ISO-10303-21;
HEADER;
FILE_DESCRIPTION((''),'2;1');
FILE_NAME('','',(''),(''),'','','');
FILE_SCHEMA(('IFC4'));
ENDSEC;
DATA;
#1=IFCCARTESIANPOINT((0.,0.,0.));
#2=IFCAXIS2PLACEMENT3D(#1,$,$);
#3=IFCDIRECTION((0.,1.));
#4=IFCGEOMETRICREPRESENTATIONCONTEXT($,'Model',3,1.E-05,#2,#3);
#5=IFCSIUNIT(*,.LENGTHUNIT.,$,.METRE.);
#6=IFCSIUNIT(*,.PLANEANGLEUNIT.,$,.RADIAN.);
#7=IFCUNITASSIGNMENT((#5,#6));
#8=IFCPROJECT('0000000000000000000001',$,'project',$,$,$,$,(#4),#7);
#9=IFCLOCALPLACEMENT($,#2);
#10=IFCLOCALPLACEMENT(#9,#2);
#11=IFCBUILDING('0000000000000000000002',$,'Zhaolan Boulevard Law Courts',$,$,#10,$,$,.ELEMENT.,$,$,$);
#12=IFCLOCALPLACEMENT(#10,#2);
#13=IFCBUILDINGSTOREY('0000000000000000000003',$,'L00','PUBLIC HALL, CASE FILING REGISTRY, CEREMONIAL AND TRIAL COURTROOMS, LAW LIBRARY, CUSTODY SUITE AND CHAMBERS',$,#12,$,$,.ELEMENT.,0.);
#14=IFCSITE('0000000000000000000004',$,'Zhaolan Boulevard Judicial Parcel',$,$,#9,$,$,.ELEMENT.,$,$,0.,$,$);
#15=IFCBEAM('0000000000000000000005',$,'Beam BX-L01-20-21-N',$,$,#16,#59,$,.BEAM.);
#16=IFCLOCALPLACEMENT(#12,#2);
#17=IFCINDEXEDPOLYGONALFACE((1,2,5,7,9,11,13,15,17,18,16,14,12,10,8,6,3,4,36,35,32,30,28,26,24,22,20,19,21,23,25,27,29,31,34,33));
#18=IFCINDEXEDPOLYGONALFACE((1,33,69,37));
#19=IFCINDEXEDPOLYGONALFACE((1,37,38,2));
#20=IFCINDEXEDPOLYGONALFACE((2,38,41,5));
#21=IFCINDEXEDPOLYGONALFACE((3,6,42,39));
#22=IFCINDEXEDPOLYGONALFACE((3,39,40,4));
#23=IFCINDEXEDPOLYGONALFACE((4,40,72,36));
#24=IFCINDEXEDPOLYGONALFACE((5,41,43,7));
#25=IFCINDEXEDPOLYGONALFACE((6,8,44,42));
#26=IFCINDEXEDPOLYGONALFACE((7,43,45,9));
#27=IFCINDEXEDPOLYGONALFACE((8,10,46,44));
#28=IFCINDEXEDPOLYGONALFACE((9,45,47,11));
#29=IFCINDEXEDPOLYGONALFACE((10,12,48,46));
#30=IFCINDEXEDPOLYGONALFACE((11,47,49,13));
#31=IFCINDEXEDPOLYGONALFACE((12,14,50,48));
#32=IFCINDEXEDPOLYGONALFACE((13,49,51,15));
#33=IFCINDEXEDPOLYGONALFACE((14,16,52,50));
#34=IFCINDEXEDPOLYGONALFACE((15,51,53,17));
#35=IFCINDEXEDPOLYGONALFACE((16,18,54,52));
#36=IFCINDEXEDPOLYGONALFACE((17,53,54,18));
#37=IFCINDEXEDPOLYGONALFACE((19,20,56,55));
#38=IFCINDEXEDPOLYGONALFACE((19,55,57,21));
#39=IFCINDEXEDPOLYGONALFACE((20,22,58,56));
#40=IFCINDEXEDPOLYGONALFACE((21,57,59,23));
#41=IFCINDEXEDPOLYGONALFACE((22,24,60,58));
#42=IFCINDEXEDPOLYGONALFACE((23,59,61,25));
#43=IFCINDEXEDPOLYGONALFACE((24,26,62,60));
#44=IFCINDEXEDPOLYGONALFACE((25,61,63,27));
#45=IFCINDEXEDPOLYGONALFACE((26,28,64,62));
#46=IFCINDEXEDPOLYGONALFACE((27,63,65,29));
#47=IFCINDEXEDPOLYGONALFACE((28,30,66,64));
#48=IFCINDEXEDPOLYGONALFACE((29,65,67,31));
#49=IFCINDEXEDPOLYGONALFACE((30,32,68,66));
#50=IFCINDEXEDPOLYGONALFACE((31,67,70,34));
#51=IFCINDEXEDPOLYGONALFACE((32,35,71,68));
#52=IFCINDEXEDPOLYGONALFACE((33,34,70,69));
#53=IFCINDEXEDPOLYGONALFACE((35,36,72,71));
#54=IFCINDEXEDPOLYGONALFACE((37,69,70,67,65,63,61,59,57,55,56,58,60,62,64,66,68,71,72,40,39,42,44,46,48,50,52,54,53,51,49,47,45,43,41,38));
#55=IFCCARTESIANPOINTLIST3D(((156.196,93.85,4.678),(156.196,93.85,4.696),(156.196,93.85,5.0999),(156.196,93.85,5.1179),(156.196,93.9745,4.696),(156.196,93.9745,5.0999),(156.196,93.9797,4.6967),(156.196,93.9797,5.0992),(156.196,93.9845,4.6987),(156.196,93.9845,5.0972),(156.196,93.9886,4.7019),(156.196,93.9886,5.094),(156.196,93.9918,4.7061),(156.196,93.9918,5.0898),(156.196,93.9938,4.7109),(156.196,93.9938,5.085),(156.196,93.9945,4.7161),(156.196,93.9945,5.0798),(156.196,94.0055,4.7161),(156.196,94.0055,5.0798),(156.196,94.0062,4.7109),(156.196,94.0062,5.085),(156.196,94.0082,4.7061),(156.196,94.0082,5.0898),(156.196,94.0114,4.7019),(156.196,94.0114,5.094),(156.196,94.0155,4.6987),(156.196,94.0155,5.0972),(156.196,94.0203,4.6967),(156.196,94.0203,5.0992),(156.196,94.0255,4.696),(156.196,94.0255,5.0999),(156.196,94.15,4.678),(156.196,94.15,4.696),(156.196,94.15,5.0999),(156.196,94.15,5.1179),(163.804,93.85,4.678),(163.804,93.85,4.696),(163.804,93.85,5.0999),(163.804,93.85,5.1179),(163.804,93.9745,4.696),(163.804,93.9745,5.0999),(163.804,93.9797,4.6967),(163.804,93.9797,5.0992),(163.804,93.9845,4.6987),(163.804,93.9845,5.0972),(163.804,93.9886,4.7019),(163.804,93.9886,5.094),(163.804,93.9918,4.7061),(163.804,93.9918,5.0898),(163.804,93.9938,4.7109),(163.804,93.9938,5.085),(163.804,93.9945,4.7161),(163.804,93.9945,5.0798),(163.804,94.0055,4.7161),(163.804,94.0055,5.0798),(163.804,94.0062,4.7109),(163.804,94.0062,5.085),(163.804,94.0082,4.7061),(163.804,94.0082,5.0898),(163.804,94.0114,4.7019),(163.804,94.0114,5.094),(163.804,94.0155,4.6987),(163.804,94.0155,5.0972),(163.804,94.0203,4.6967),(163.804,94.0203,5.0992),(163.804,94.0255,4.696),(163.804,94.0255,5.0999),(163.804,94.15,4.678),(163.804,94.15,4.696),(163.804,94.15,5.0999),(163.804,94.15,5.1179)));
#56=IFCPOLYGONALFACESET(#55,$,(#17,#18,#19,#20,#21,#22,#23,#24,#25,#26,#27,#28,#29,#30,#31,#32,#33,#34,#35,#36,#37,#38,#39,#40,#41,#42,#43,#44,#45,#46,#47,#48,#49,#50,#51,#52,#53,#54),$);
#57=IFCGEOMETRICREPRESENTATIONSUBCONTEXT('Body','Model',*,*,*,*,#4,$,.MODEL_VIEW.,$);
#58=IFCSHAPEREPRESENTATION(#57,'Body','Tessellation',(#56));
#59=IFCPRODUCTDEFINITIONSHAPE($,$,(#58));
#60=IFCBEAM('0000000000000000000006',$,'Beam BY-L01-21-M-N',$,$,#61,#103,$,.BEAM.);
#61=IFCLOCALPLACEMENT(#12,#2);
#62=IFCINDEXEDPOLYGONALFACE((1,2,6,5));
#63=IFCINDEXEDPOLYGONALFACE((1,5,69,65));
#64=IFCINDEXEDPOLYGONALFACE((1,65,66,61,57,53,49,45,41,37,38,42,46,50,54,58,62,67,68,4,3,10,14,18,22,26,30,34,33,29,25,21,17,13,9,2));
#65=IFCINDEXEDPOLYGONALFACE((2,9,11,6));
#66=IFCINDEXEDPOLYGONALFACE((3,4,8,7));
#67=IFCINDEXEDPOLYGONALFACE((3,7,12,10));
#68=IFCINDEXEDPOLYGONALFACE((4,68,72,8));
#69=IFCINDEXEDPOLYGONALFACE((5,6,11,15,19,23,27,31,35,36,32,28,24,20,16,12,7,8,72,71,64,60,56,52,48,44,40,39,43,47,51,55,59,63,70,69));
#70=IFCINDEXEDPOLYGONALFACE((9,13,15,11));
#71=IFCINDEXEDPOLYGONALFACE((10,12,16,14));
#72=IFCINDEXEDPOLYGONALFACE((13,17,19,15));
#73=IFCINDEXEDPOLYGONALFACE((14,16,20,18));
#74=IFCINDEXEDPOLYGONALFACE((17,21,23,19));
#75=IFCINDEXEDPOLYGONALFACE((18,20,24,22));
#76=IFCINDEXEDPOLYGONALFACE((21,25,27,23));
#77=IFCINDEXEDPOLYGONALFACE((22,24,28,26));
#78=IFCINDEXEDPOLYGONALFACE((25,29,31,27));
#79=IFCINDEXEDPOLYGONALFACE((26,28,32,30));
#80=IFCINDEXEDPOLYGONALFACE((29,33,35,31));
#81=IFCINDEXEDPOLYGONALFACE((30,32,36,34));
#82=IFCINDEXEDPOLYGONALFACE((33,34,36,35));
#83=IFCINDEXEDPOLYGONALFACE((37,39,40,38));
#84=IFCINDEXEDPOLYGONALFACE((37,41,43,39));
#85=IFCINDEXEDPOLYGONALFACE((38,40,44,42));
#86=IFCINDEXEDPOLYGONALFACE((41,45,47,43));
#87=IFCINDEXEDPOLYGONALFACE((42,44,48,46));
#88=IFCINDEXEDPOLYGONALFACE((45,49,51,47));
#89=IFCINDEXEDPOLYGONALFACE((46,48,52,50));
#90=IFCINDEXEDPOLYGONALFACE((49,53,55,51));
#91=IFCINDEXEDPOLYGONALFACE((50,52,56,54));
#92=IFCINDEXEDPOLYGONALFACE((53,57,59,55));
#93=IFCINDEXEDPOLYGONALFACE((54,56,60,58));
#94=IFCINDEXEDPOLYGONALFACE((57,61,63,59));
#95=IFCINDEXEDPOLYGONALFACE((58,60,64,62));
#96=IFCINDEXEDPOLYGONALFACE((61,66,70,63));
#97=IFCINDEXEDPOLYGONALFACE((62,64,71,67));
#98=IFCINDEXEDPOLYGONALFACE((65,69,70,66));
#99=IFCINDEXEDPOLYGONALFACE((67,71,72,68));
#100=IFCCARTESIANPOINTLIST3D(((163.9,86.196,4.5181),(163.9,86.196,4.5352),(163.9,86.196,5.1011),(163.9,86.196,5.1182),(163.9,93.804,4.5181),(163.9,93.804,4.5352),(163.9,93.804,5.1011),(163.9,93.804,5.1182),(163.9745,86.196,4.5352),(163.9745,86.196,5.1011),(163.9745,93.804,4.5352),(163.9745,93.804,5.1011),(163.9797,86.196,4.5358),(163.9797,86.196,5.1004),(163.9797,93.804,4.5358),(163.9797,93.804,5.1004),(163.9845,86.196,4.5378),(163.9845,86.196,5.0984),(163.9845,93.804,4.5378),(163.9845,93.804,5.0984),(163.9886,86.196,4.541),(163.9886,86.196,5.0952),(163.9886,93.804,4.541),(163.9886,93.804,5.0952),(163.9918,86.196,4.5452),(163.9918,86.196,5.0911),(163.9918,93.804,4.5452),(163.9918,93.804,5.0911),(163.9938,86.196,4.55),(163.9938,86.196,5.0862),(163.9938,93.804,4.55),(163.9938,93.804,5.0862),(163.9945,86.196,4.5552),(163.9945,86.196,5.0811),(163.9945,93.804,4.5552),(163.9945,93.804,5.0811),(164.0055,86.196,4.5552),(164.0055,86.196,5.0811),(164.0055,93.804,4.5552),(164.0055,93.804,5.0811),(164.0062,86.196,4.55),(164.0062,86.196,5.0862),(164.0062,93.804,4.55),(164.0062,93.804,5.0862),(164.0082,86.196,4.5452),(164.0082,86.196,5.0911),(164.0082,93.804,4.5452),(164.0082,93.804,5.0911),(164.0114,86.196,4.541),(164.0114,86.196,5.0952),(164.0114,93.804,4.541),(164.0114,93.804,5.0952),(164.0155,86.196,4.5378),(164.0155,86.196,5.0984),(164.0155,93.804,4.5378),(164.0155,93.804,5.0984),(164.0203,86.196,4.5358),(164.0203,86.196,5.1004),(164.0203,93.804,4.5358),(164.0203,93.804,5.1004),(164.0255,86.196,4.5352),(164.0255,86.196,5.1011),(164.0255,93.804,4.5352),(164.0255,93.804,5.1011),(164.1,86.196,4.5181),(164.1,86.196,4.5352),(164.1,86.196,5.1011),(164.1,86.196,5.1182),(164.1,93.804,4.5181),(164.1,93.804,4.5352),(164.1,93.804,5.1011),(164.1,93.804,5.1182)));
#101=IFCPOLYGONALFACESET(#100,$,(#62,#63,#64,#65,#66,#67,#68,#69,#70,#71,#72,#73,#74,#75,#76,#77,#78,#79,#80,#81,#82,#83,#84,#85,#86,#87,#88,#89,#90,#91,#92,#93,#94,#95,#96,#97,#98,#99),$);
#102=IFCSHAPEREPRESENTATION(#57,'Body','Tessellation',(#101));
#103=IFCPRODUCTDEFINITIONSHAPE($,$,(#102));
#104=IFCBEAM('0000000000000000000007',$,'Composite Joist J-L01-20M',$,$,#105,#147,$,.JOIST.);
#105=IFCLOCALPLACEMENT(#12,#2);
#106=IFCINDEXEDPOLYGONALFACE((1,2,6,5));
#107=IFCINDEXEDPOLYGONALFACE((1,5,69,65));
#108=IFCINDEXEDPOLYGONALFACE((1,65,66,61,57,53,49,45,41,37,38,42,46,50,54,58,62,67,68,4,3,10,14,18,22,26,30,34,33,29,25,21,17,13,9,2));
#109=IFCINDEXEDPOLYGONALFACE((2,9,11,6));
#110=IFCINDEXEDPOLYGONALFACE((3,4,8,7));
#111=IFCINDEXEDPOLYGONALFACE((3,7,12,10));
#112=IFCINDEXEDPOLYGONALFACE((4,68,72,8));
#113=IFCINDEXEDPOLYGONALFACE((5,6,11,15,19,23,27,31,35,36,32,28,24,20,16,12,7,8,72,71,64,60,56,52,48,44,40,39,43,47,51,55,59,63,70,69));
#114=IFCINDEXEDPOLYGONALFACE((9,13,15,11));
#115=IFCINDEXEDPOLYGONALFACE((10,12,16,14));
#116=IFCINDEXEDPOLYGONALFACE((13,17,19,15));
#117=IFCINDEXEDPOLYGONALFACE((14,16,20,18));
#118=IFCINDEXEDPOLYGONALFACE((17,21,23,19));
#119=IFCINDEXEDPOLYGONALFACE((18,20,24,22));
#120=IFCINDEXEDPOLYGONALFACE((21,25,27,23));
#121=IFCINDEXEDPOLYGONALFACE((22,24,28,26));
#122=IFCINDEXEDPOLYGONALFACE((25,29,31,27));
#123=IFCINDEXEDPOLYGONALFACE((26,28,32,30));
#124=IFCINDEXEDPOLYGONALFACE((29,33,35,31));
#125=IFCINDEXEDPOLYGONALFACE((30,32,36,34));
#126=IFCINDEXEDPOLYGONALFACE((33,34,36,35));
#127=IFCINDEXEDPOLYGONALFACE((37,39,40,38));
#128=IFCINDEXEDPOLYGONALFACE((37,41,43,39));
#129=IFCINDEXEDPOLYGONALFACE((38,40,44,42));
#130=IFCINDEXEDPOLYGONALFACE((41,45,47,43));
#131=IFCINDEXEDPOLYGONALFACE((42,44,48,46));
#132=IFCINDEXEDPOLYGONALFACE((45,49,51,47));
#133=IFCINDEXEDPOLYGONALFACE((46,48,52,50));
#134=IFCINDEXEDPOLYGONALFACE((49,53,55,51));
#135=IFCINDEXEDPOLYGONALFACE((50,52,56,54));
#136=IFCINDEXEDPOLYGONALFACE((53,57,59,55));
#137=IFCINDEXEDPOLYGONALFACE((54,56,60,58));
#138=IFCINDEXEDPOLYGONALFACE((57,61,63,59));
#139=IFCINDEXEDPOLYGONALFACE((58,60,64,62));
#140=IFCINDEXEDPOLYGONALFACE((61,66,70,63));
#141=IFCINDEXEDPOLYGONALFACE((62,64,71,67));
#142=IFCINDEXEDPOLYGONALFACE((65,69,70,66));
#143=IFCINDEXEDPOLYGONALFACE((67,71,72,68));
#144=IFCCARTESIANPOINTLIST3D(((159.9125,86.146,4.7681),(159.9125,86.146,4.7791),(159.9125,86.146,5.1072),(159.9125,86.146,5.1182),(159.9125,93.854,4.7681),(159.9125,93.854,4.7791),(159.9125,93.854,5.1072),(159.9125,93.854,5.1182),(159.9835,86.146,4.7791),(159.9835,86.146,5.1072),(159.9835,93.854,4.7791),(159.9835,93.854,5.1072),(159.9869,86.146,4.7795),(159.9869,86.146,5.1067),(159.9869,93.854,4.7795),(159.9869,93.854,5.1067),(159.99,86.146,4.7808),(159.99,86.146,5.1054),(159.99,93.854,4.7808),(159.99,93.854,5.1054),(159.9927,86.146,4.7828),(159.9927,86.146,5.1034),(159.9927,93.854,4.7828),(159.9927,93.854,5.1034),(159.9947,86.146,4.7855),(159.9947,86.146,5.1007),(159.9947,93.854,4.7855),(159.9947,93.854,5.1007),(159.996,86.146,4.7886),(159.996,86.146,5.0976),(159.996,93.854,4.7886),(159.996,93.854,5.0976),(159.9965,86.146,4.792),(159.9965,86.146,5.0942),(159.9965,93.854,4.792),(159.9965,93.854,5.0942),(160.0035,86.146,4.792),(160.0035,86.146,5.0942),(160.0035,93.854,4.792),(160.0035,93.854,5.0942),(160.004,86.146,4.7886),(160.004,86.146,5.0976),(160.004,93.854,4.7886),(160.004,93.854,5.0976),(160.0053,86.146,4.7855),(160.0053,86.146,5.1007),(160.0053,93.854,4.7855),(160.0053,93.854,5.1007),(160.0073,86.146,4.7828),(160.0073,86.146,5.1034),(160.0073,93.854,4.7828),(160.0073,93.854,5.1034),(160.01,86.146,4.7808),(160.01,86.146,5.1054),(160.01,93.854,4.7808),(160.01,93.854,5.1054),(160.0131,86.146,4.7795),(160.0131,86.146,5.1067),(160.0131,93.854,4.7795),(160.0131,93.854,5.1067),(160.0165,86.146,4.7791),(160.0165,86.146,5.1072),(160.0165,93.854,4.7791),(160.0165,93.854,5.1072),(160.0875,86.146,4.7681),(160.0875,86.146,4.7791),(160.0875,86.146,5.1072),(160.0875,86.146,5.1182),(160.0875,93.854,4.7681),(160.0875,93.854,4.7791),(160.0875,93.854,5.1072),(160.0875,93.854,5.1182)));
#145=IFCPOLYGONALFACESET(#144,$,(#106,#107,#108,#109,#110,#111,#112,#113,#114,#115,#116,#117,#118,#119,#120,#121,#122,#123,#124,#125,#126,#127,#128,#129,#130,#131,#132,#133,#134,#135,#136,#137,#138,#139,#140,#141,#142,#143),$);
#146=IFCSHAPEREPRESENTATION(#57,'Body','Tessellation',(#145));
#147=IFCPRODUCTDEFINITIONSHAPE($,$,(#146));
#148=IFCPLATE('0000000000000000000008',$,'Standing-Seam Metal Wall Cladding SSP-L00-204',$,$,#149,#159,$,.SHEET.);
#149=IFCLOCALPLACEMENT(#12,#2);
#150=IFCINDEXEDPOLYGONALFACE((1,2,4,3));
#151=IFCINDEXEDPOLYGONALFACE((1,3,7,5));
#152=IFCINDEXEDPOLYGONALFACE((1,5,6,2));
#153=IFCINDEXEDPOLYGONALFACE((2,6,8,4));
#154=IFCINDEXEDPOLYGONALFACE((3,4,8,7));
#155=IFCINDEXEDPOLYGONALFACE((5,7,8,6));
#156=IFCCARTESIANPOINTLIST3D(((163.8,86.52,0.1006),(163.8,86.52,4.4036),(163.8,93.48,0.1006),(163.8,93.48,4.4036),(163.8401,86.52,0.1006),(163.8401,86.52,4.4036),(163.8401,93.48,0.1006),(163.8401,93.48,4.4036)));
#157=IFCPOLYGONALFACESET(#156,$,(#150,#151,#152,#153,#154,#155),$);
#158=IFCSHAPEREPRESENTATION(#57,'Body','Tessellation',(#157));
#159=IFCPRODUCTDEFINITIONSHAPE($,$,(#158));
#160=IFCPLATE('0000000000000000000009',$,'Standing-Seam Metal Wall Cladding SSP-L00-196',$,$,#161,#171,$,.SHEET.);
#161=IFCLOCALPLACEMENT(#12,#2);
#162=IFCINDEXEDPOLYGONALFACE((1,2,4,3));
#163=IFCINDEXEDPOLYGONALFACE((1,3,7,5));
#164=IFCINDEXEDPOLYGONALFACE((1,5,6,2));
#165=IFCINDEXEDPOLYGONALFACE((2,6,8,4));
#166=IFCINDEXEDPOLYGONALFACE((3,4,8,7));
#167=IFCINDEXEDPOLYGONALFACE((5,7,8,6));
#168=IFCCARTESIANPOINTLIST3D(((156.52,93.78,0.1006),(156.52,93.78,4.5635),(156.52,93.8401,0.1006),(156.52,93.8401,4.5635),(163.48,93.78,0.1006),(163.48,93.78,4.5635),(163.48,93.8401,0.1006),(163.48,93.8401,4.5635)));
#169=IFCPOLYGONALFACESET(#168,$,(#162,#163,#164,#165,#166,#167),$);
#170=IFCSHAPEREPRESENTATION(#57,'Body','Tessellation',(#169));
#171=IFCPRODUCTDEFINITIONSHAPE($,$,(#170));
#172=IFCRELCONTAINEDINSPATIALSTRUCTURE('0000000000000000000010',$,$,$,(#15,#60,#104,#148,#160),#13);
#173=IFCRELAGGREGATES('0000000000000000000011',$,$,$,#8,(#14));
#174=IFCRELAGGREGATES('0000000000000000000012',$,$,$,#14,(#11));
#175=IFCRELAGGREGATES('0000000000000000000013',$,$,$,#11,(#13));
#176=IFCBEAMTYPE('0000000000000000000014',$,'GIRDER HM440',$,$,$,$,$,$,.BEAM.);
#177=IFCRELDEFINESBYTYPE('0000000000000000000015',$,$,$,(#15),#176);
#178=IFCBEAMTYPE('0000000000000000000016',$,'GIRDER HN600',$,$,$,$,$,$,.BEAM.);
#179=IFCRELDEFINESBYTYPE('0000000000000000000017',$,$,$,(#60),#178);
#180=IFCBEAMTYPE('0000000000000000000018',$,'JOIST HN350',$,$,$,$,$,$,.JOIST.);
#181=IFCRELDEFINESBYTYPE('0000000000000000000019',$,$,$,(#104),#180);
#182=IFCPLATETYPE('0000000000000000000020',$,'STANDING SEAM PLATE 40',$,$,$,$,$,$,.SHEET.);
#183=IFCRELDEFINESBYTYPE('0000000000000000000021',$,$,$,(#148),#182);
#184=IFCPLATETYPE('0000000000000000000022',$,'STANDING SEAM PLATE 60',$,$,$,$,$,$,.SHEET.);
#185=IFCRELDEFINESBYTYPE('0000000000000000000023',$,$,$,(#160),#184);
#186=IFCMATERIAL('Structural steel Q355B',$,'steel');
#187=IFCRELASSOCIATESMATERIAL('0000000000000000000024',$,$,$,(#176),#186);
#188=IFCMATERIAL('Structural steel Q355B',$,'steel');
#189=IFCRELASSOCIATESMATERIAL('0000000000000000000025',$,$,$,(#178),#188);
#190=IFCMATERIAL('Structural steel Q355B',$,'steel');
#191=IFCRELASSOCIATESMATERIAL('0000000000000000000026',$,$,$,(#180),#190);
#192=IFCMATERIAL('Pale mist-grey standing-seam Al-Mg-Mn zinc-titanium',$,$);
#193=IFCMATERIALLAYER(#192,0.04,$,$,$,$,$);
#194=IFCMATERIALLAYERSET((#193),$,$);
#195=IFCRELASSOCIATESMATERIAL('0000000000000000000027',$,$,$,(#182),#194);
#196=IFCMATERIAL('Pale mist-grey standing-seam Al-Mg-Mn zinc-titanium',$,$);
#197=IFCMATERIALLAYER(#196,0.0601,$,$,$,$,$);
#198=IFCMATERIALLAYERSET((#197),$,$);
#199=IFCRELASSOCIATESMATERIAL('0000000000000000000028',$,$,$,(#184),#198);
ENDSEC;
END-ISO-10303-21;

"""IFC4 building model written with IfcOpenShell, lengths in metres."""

from ifc_helpers import new_model, si_unit, direction, frame, origin, origin_2d, place, context, subcontext, project, spatial, rectangle, i_section, extrude, material, layer, layer_set, material_profile, profile_set, type_object, element, save


model = new_model("IFC4")

# Units and contexts
model_context = context("Model", 3, precision=1e-05, world=origin(), true_north=direction((0.0, 1.0)))
body_context = subcontext(model_context, "Body", "Model", "MODEL_VIEW")
ifc_project = project(units=[si_unit("LENGTHUNIT", "METRE"), si_unit("PLANEANGLEUNIT", "RADIAN")], contexts=[model_context])

# Site, building, storey
site_placement = place(None, origin())
site = spatial("IfcSite", under=ifc_project, at=site_placement, Name="Zhaolan Boulevard Judicial Parcel", CompositionType="ELEMENT", RefElevation=0.0)
building_placement = place(site_placement, origin())
building = spatial("IfcBuilding", under=site, at=building_placement, Name="Zhaolan Boulevard Law Courts", CompositionType="ELEMENT")
storey_placement = place(building_placement, origin())
storey = spatial("IfcBuildingStorey", under=building, at=storey_placement, Name="L00", Description="PUBLIC HALL, CASE FILING REGISTRY, CEREMONIAL AND TRIAL COURTROOMS, LAW LIBRARY, CUSTODY SUITE AND CHAMBERS", CompositionType="ELEMENT", Elevation=0.0)

# Beams
ifc_material_1 = material(Name="Structural steel Q355B", Category="steel")
ifc_material_profile_1 = material_profile(ifc_material_1, i_section(OverallWidth=0.3, OverallDepth=0.4399, WebThickness=0.011, FlangeThickness=0.0181, FilletRadius=0.02, at=origin_2d()), Name="HM440x300")
ifc_profile_set_1 = profile_set([ifc_material_profile_1], Name="Structural steel Q355B")
beam_type_1 = type_object("IfcBeamType", Name="GIRDER HM440", PredefinedType="BEAM", material=ifc_profile_set_1)
for number, where, z_axis, x_axis, name in (
    (1, (156.196, 94.0, 4.8979), (1.0, 0.0, 0.0), (0.0, 1.0, 0.0), "Beam BX-L01-20-21-N"),
):
    element("IfcBeam", number, at=place(storey_placement, frame(where, z_axis=z_axis, x_axis=x_axis)), inside=storey, type_object=beam_type_1, Name=name, PredefinedType="BEAM", context=body_context, shape_type="SweptSolid", body=[
        extrude(i_section(OverallWidth=0.3, OverallDepth=0.4399, WebThickness=0.011, FlangeThickness=0.0181, FilletRadius=0.02, at=origin_2d()), origin(), (0.0, 0.0, 1.0), 7.6079),
    ])
ifc_material_2 = material(Name="Structural steel Q355B", Category="steel")
ifc_material_profile_2 = material_profile(ifc_material_2, i_section(OverallWidth=0.2, OverallDepth=0.6001, WebThickness=0.011, FlangeThickness=0.0171, FilletRadius=0.02, at=origin_2d()), Name="HN600x200")
ifc_profile_set_2 = profile_set([ifc_material_profile_2], Name="Structural steel Q355B")
beam_type_2 = type_object("IfcBeamType", Name="GIRDER HN600", PredefinedType="BEAM", material=ifc_profile_set_2)
beam_1_placement = place(storey_placement, frame((164.0, 86.196, 4.8181), z_axis=(0.0, 1.0, 0.0), x_axis=(-1.0, 0.0, 0.0)))
element("IfcBeam", 2, at=beam_1_placement, inside=storey, type_object=beam_type_2, Name="Beam BY-L01-21-M-N", PredefinedType="BEAM", context=body_context, shape_type="SweptSolid", body=[
    extrude(i_section(OverallWidth=0.2, OverallDepth=0.6001, WebThickness=0.011, FlangeThickness=0.0171, FilletRadius=0.02, at=origin_2d()), origin(), (0.0, 0.0, 1.0), 7.6079),
])
ifc_material_3 = material(Name="Structural steel Q355B", Category="steel")
ifc_material_profile_3 = material_profile(ifc_material_3, i_section(OverallWidth=0.175, OverallDepth=0.3501, WebThickness=0.0071, FlangeThickness=0.011, FilletRadius=0.0129, at=origin_2d()), Name="HN350x175")
ifc_profile_set_3 = profile_set([ifc_material_profile_3], Name="Structural steel Q355B")
beam_type_3 = type_object("IfcBeamType", Name="JOIST HN350", PredefinedType="JOIST", material=ifc_profile_set_3)
beam_2_placement = place(storey_placement, frame((160.0, 86.146, 4.9431), z_axis=(0.0, 1.0, 0.0), x_axis=(-1.0, 0.0, 0.0)))
element("IfcBeam", 3, at=beam_2_placement, inside=storey, type_object=beam_type_3, Name="Composite Joist J-L01-20M", PredefinedType="JOIST", context=body_context, shape_type="SweptSolid", body=[
    extrude(i_section(OverallWidth=0.175, OverallDepth=0.3501, WebThickness=0.0071, FlangeThickness=0.011, FilletRadius=0.0129, at=origin_2d()), origin(), (0.0, 0.0, 1.0), 7.708),
])

# Plates
ifc_material_4 = material(Name="Pale mist-grey standing-seam Al-Mg-Mn zinc-titanium")
ifc_layer_1 = layer(ifc_material_4, 0.04)
ifc_layer_set_1 = layer_set([ifc_layer_1])
plate_type_1 = type_object("IfcPlateType", Name="STANDING SEAM PLATE 40", PredefinedType="SHEET", material=ifc_layer_set_1)
plate_1_placement = place(storey_placement, frame((163.8201, 90.0, 0.1006), z_axis=(0.0, 0.0, 1.0), x_axis=(0.0, 1.0, 0.0)))
element("IfcPlate", 4, at=plate_1_placement, inside=storey, type_object=plate_type_1, Name="Standing-Seam Metal Wall Cladding SSP-L00-204", PredefinedType="SHEET", context=body_context, shape_type="SweptSolid", body=[
    extrude(rectangle(XDim=6.96, YDim=0.04, at=origin_2d()), origin(), (0.0, 0.0, 1.0), 4.303),
])
ifc_material_5 = material(Name="Pale mist-grey standing-seam Al-Mg-Mn zinc-titanium")
ifc_layer_2 = layer(ifc_material_5, 0.0601)
ifc_layer_set_2 = layer_set([ifc_layer_2])
plate_type_2 = type_object("IfcPlateType", Name="STANDING SEAM PLATE 60", PredefinedType="SHEET", material=ifc_layer_set_2)
plate_2_placement = place(storey_placement, frame((160.0, 93.8101, 0.1006), z_axis=(0.0, 0.0, 1.0), x_axis=(-1.0, 0.0, 0.0)))
element("IfcPlate", 5, at=plate_2_placement, inside=storey, type_object=plate_type_2, Name="Standing-Seam Metal Wall Cladding SSP-L00-196", PredefinedType="SHEET", context=body_context, shape_type="SweptSolid", body=[
    extrude(rectangle(XDim=6.96, YDim=0.0601, at=origin_2d()), origin(), (0.0, 0.0, 1.0), 4.4629),
])

save(model, "model.ifc")
